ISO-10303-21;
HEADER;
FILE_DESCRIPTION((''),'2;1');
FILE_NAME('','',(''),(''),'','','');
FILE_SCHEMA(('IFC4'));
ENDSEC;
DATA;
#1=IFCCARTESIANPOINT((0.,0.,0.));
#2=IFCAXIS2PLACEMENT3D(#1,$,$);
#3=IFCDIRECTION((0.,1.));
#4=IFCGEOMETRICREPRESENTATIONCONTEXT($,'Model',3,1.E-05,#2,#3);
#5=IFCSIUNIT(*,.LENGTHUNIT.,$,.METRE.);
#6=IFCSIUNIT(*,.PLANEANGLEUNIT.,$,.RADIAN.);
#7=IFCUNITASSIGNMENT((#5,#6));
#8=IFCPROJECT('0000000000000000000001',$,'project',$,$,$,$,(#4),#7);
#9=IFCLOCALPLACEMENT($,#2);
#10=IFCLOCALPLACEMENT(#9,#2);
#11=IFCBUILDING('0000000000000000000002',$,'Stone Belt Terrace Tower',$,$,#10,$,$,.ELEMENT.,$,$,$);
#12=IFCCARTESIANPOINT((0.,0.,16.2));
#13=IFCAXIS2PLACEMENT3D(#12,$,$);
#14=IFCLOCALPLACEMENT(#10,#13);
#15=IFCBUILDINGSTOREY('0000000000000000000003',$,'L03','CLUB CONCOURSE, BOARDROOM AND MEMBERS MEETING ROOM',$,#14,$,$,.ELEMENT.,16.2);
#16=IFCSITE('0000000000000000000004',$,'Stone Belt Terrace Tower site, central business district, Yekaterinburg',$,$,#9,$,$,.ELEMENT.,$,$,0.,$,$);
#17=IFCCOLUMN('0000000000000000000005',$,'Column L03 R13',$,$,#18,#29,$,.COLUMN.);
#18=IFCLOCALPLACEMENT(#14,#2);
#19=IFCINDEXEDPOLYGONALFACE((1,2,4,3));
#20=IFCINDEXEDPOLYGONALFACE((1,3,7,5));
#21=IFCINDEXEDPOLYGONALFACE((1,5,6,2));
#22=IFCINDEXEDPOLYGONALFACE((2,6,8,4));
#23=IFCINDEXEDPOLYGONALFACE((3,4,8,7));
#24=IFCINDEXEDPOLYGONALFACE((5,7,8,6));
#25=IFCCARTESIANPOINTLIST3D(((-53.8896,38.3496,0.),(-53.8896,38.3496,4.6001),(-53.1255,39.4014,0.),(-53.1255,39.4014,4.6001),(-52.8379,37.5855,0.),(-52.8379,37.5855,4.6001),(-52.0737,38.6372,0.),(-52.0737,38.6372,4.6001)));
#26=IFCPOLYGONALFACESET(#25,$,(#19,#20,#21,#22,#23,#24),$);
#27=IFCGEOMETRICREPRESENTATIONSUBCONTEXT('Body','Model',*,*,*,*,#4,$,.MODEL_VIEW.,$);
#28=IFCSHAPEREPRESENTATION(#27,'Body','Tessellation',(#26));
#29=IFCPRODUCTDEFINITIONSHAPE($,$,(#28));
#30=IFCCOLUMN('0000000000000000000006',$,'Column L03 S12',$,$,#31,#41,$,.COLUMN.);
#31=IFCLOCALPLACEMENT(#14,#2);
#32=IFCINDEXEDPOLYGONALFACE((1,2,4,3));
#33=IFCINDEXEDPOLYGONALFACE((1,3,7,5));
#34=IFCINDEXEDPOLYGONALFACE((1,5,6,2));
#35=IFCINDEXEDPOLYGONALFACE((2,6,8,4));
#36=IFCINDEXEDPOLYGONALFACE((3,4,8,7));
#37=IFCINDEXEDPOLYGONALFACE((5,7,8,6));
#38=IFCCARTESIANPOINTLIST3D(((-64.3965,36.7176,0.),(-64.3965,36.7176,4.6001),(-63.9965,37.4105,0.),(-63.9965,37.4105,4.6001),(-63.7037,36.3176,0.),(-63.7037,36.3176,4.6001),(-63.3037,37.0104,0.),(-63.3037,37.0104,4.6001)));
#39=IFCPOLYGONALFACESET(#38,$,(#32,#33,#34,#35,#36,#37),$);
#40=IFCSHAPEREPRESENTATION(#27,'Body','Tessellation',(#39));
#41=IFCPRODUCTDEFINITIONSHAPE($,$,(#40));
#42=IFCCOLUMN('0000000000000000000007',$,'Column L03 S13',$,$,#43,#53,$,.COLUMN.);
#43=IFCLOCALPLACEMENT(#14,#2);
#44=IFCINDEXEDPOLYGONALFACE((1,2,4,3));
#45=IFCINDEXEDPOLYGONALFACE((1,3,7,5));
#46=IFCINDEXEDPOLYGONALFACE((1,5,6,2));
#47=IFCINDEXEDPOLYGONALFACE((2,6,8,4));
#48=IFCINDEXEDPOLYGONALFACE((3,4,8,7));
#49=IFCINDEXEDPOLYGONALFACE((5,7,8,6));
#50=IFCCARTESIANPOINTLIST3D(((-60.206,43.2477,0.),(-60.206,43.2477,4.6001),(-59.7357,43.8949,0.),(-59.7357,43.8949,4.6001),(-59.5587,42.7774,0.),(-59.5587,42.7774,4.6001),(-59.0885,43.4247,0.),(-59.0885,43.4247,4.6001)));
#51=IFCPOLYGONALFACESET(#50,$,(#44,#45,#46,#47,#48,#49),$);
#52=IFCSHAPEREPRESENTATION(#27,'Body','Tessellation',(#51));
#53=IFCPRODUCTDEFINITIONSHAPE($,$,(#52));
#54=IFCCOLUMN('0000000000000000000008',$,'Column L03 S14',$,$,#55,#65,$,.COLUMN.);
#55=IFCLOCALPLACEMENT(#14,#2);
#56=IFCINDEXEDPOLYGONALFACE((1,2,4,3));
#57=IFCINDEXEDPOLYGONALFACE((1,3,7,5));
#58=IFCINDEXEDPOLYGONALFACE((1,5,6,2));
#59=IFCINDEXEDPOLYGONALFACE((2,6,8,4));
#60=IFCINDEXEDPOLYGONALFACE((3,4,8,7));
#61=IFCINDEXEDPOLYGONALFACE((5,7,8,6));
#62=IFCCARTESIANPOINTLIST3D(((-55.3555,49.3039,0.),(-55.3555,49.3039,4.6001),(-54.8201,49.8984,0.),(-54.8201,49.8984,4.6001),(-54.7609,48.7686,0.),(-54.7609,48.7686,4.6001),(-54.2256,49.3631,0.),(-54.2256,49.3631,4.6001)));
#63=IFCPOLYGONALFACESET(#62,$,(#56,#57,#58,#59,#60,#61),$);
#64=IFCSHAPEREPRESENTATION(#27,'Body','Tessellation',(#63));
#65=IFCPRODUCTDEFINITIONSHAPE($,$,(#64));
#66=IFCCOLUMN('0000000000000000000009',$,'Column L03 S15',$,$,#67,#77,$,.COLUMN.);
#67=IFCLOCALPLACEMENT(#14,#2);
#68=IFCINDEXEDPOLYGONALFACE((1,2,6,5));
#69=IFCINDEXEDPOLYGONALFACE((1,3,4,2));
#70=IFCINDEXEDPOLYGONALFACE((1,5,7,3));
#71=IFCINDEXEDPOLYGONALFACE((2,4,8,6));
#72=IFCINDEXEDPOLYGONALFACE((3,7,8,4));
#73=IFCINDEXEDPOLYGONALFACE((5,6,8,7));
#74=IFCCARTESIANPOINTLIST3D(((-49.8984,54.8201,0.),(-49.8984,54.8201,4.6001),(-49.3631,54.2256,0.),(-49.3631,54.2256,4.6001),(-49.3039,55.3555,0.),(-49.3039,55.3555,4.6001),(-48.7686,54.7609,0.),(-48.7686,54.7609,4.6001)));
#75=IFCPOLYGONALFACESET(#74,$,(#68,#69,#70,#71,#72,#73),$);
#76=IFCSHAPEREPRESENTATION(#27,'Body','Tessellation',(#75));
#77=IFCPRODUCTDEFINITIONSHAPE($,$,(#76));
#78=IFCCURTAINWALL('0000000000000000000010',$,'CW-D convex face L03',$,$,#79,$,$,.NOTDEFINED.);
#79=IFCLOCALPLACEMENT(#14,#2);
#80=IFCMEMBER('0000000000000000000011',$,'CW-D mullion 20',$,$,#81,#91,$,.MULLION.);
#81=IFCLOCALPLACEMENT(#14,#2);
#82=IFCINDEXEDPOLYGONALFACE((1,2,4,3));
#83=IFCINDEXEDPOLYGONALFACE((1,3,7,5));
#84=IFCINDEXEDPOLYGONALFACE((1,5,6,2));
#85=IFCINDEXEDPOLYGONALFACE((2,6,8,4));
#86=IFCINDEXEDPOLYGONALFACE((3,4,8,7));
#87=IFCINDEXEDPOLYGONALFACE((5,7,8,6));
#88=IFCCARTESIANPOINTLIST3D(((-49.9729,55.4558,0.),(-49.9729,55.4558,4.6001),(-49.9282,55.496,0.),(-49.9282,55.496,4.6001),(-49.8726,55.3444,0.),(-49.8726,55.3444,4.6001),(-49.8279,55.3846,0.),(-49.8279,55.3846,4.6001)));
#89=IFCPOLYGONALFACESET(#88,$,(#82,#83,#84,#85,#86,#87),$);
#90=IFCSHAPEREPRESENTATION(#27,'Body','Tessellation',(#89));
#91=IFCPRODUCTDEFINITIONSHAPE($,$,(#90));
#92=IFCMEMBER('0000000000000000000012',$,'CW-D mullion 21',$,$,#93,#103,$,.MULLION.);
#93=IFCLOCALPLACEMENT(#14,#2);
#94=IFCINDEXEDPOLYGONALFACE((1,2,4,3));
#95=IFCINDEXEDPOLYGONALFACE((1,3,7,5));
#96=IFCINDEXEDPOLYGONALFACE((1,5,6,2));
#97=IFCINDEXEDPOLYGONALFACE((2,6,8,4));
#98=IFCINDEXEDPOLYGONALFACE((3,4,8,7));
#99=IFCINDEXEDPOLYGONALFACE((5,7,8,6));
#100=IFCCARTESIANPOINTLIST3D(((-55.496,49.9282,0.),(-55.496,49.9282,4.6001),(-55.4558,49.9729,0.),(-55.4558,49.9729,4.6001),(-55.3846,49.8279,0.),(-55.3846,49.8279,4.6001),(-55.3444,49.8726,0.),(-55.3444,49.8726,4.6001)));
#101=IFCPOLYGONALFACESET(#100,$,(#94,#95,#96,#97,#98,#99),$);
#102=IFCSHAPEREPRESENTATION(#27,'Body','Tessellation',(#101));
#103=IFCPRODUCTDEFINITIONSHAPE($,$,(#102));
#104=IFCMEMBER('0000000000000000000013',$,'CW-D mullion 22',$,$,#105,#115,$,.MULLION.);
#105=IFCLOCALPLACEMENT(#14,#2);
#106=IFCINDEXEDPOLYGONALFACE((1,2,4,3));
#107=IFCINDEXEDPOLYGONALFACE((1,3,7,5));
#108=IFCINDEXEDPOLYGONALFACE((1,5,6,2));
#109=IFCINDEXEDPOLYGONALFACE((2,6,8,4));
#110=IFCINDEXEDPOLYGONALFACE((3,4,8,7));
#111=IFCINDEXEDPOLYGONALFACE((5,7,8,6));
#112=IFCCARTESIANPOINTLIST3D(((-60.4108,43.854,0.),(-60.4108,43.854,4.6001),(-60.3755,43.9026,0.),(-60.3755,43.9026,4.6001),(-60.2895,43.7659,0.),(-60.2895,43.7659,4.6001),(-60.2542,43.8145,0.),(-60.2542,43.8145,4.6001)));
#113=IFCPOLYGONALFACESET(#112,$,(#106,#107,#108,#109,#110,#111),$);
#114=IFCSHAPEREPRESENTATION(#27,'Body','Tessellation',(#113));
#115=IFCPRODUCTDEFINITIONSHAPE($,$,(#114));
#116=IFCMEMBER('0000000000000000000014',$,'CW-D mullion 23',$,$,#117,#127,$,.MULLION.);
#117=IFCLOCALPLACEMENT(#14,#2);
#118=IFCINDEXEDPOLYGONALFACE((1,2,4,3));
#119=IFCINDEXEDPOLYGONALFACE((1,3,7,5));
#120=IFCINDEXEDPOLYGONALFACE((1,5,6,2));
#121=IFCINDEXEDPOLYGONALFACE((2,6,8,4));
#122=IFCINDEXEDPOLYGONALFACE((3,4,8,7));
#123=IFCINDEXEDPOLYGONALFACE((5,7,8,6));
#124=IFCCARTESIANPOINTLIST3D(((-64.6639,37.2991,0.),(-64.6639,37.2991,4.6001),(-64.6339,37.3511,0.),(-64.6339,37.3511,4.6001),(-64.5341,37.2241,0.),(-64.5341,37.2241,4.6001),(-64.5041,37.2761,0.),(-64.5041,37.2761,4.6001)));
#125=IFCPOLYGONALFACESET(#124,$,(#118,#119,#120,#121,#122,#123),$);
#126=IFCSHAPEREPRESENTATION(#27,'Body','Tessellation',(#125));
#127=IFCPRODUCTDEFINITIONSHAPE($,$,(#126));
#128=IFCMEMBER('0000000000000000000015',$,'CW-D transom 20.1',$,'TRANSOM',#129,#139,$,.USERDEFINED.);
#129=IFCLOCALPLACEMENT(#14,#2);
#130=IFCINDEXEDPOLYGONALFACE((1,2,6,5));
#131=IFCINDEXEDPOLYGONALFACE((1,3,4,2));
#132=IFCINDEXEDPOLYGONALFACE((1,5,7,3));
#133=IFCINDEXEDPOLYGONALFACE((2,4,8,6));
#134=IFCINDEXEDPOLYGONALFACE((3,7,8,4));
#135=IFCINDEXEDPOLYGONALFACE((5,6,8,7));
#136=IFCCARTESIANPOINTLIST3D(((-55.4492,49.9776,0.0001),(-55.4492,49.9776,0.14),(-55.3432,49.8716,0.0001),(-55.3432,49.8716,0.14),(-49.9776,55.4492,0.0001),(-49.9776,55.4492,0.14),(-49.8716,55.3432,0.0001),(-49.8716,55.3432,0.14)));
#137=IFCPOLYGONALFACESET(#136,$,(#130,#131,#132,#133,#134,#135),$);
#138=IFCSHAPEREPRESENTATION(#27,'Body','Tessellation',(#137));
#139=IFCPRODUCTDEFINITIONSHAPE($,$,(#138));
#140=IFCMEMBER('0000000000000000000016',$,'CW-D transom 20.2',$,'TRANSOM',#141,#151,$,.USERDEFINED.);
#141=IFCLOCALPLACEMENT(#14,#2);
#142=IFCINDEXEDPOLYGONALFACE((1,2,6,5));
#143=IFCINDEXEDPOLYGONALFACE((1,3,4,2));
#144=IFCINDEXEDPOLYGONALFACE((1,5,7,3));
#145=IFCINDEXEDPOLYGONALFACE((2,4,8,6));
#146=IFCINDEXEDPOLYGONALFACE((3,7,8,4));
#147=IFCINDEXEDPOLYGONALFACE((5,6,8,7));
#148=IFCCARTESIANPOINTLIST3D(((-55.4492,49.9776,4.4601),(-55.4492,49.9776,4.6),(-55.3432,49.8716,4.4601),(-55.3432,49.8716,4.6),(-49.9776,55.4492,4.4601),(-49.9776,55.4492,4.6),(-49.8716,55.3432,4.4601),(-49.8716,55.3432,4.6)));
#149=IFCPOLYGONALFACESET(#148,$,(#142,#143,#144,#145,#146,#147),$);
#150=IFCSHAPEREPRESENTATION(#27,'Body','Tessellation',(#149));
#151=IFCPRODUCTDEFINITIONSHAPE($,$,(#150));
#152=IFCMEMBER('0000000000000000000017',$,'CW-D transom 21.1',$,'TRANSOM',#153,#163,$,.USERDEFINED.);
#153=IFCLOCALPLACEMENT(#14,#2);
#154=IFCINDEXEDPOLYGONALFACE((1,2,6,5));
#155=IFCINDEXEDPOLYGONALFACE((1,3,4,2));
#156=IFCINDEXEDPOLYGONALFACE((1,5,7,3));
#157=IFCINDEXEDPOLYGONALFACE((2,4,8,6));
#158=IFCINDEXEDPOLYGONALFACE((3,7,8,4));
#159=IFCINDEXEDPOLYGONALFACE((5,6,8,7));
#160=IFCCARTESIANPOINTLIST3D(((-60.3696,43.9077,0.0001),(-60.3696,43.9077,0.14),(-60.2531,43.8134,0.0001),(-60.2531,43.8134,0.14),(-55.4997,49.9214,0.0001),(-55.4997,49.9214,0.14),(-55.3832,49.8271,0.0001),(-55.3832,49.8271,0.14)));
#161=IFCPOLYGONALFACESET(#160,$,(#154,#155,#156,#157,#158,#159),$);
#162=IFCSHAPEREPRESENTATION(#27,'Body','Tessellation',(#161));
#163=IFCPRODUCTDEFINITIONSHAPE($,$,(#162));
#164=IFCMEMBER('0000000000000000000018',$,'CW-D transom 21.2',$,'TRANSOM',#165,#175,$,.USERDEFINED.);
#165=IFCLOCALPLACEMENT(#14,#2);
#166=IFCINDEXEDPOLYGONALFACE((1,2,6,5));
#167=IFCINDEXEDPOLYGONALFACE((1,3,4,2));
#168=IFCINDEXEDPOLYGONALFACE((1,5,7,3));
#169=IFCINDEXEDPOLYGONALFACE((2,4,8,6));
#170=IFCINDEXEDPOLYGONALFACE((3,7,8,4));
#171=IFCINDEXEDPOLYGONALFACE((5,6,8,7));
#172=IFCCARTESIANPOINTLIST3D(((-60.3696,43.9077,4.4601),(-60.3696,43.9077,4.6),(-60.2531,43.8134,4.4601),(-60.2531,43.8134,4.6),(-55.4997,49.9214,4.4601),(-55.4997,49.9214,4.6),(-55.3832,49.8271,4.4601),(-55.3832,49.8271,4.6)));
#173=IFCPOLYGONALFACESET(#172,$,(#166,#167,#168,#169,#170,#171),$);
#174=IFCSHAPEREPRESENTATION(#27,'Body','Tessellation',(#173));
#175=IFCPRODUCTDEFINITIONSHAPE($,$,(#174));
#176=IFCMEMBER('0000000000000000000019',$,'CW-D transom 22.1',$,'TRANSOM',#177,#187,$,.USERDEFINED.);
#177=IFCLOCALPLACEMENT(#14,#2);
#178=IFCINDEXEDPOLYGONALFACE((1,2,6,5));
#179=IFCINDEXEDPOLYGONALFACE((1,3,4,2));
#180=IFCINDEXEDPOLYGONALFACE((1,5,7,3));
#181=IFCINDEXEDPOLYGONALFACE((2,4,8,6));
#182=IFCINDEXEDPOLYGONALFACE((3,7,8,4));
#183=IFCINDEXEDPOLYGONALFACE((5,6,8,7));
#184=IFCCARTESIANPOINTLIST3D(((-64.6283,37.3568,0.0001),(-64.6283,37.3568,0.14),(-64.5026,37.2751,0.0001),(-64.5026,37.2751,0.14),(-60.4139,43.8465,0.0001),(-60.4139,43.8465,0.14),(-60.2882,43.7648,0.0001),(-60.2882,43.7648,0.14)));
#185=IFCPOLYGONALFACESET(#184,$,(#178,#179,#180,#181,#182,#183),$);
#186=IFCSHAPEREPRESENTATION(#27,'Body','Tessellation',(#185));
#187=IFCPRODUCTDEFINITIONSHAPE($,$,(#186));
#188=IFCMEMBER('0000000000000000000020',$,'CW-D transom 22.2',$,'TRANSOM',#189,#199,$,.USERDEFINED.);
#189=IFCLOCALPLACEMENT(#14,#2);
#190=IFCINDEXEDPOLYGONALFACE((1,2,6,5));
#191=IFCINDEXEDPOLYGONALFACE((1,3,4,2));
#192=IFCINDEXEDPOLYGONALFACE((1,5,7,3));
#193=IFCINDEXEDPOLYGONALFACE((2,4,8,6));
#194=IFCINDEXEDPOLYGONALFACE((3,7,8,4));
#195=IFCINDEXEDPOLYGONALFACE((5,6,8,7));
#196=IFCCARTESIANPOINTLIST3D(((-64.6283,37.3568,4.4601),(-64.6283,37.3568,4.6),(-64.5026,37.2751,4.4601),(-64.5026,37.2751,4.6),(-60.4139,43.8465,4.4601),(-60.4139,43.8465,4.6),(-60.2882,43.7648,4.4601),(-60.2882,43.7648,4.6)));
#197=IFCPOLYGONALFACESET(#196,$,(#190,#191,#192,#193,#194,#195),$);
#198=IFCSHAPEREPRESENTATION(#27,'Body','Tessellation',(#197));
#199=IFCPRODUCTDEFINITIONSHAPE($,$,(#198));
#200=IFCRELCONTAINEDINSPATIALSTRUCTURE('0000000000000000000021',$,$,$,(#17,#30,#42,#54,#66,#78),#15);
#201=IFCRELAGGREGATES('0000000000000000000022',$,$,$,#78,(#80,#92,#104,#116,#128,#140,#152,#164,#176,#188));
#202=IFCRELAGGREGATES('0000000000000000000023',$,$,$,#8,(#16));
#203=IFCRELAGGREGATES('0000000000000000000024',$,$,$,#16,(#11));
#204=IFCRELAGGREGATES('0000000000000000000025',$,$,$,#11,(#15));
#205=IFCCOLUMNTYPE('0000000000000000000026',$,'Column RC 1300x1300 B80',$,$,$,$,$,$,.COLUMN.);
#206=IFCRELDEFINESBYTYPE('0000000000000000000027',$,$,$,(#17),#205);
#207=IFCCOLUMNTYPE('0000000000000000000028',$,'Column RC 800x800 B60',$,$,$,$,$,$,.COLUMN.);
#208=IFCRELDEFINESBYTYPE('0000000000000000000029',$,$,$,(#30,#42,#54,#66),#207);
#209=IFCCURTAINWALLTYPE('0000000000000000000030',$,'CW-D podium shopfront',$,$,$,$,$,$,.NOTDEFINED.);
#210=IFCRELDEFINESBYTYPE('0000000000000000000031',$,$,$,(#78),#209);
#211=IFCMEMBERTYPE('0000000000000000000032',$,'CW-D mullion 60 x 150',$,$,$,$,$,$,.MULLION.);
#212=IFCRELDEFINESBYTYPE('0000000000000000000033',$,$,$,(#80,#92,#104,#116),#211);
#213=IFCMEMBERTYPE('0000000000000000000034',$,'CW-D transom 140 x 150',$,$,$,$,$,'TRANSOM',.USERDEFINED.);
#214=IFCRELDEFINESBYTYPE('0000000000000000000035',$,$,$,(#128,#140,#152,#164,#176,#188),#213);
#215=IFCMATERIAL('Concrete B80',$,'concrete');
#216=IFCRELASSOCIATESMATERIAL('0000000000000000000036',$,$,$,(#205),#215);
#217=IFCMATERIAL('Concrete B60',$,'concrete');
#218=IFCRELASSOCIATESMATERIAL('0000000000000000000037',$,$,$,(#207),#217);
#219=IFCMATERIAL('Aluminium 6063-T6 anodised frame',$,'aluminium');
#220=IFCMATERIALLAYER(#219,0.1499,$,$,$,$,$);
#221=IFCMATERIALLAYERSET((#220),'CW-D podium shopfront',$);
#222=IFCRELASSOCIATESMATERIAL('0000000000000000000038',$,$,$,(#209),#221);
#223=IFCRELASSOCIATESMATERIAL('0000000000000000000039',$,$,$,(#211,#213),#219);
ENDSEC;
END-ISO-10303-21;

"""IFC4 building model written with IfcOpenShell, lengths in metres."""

from ifc_helpers import new_model, si_unit, direction, frame, origin, origin_2d, place, context, subcontext, project, spatial, rectangle, extrude, material, layer, layer_set, material_profile, profile_set, type_object, element, aggregate, save


model = new_model("IFC4")

# Units and contexts
model_context = context("Model", 3, precision=1e-05, world=origin(), true_north=direction((0.0, 1.0)))
body_context = subcontext(model_context, "Body", "Model", "MODEL_VIEW")
ifc_project = project(units=[si_unit("LENGTHUNIT", "METRE"), si_unit("PLANEANGLEUNIT", "RADIAN")], contexts=[model_context])

# Site, building, storey
site_placement = place(None, origin())
site = spatial("IfcSite", under=ifc_project, at=site_placement, Name="Stone Belt Terrace Tower site, central business district, Yekaterinburg", CompositionType="ELEMENT", RefElevation=0.0)
building_placement = place(site_placement, origin())
building = spatial("IfcBuilding", under=site, at=building_placement, Name="Stone Belt Terrace Tower", CompositionType="ELEMENT")
storey_placement = place(building_placement, frame((0.0, 0.0, 16.2)))
storey = spatial("IfcBuildingStorey", under=building, at=storey_placement, Name="L03", Description="CLUB CONCOURSE, BOARDROOM AND MEMBERS MEETING ROOM", CompositionType="ELEMENT", Elevation=16.2)

# Columns
ifc_material_1 = material(Name="Concrete B80", Category="concrete")
ifc_material_profile_1 = material_profile(ifc_material_1, rectangle(XDim=1.3, YDim=1.3, at=origin_2d()), Name="RC 1300x1300")
ifc_profile_set_1 = profile_set([ifc_material_profile_1], Name="Concrete B80")
column_type_1 = type_object("IfcColumnType", Name="Column RC 1300x1300 B80", PredefinedType="COLUMN", material=ifc_profile_set_1)
column_placement = place(storey_placement, frame((-52.9817, 38.4934, 0.0), z_axis=(0.0, 0.0, 1.0), x_axis=(0.587785, 0.809017, 0.0)))
element("IfcColumn", 1, at=column_placement, inside=storey, type_object=column_type_1, Name="Column L03 R13", PredefinedType="COLUMN", context=body_context, shape_type="SweptSolid", body=[
    extrude(rectangle(XDim=1.3, YDim=1.3, at=origin_2d()), origin(), (0.0, 0.0, 1.0), 4.6001),
])
ifc_material_2 = material(Name="Concrete B60", Category="concrete")
ifc_material_profile_2 = material_profile(ifc_material_2, rectangle(XDim=0.8, YDim=0.8, at=origin_2d()), Name="RC 800x800")
ifc_profile_set_2 = profile_set([ifc_material_profile_2], Name="Concrete B60")
column_type_2 = type_object("IfcColumnType", Name="Column RC 800x800 B60", PredefinedType="COLUMN", material=ifc_profile_set_2)
for number, where, z_axis, x_axis, name in (
    (2, (-63.8501, 36.864, 0.0), (0.0, 0.0, 1.0), (0.5, 0.866025, 0.0), "Column L03 S12"),
    (3, (-59.6472, 43.3362, 0.0), (0.0, 0.0, 1.0), (0.587785, 0.809017, 0.0), "Column L03 S13"),
    (4, (-54.7905, 49.3335, 0.0), (0.0, 0.0, 1.0), (0.669131, 0.743145, 0.0), "Column L03 S14"),
    (5, (-49.3335, 54.7905, 0.0), (0.0, 0.0, 1.0), (0.743145, 0.669131, 0.0), "Column L03 S15"),
):
    element("IfcColumn", number, at=place(storey_placement, frame(where, z_axis=z_axis, x_axis=x_axis)), inside=storey, type_object=column_type_2, Name=name, PredefinedType="COLUMN", context=body_context, shape_type="SweptSolid", body=[
        extrude(rectangle(XDim=0.8, YDim=0.8, at=origin_2d()), origin(), (0.0, 0.0, 1.0), 4.6001),
    ])

# Curtain wall, members
ifc_material_3 = material(Name="Aluminium 6063-T6 anodised frame", Category="aluminium")
ifc_layer_1 = layer(ifc_material_3, 0.1499)
ifc_layer_set_1 = layer_set([ifc_layer_1], Name="CW-D podium shopfront")
curtain_wall_type = type_object("IfcCurtainWallType", Name="CW-D podium shopfront", PredefinedType="NOTDEFINED", material=ifc_layer_set_1)
curtain_wall_placement = place(storey_placement, origin())
curtain_wall = element("IfcCurtainWall", 6, at=curtain_wall_placement, inside=storey, type_object=curtain_wall_type, Name="CW-D convex face L03", PredefinedType="NOTDEFINED")
ifc_material_profile_3 = material_profile(ifc_material_3, rectangle(XDim=0.1499, YDim=0.0601, at=origin_2d()), Name="Aluminium 6063-T6 60x150")
ifc_profile_set_3 = profile_set([ifc_material_profile_3], Name="Aluminium 6063-T6 anodised frame")
member_type_1 = type_object("IfcMemberType", Name="CW-D mullion 60 x 150", PredefinedType="MULLION", material=ifc_profile_set_3)
member_1_placement = place(storey_placement, frame((-49.9004, 55.4202, 0.0), z_axis=(0.0, 0.0, 1.0), x_axis=(0.669131, -0.743145, 0.0)))
member_1 = element("IfcMember", 7, at=member_1_placement, type_object=member_type_1, Name="CW-D mullion 20", PredefinedType="MULLION", context=body_context, shape_type="SweptSolid", body=[
    extrude(rectangle(XDim=0.1499, YDim=0.0601, at=origin_2d()), origin(), (0.0, 0.0, 1.0), 4.6001),
])
member_2_placement = place(storey_placement, frame((-55.4202, 49.9004, 0.0), z_axis=(0.0, 0.0, 1.0), x_axis=(0.743145, -0.669131, 0.0)))
member_2 = element("IfcMember", 8, at=member_2_placement, type_object=member_type_1, Name="CW-D mullion 21", PredefinedType="MULLION", context=body_context, shape_type="SweptSolid", body=[
    extrude(rectangle(XDim=0.1499, YDim=0.0601, at=origin_2d()), origin(), (0.0, 0.0, 1.0), 4.6001),
])
member_3_placement = place(storey_placement, frame((-60.3325, 43.8342, 0.0), z_axis=(0.0, 0.0, 1.0), x_axis=(0.809017, -0.587785, 0.0)))
member_3 = element("IfcMember", 9, at=member_3_placement, type_object=member_type_1, Name="CW-D mullion 22", PredefinedType="MULLION", context=body_context, shape_type="SweptSolid", body=[
    extrude(rectangle(XDim=0.1499, YDim=0.0601, at=origin_2d()), origin(), (0.0, 0.0, 1.0), 4.6001),
])
member_4_placement = place(storey_placement, frame((-64.584, 37.2876, 0.0), z_axis=(0.0, 0.0, 1.0), x_axis=(0.866025, -0.5, 0.0)))
member_4 = element("IfcMember", 10, at=member_4_placement, type_object=member_type_1, Name="CW-D mullion 23", PredefinedType="MULLION", context=body_context, shape_type="SweptSolid", body=[
    extrude(rectangle(XDim=0.1499, YDim=0.0601, at=origin_2d()), origin(), (0.0, 0.0, 1.0), 4.6001),
])
ifc_material_profile_4 = material_profile(ifc_material_3, rectangle(XDim=0.1499, YDim=0.1399, at=origin_2d()), Name="Aluminium 6063-T6 150x140")
ifc_profile_set_4 = profile_set([ifc_material_profile_4], Name="Aluminium 6063-T6 anodised frame")
member_type_2 = type_object("IfcMemberType", Name="CW-D transom 140 x 150", ElementType="TRANSOM", PredefinedType="USERDEFINED", material=ifc_profile_set_4)
member_5_placement = place(storey_placement, frame((-49.9246, 55.3962, 0.0701), z_axis=(-0.707107, -0.707107, 0.0), x_axis=(0.707107, -0.707107, 0.0)))
member_5 = element("IfcMember", 11, at=member_5_placement, type_object=member_type_2, Name="CW-D transom 20.1", ObjectType="TRANSOM", PredefinedType="USERDEFINED", context=body_context, shape_type="SweptSolid", body=[
    extrude(rectangle(XDim=0.1499, YDim=0.1399, at=origin_2d()), origin(), (0.0, 0.0, 1.0), 7.738),
])
member_6_placement = place(storey_placement, frame((-49.9246, 55.3962, 4.53), z_axis=(-0.707107, -0.707107, 0.0), x_axis=(0.707107, -0.707107, 0.0)))
member_6 = element("IfcMember", 12, at=member_6_placement, type_object=member_type_2, Name="CW-D transom 20.2", ObjectType="TRANSOM", PredefinedType="USERDEFINED", context=body_context, shape_type="SweptSolid", body=[
    extrude(rectangle(XDim=0.1499, YDim=0.1399, at=origin_2d()), origin(), (0.0, 0.0, 1.0), 7.738),
])
member_7_placement = place(storey_placement, frame((-55.4414, 49.8743, 0.0701), z_axis=(-0.629328, -0.77714, 0.0), x_axis=(0.77714, -0.629328, 0.0)))
member_7 = element("IfcMember", 13, at=member_7_placement, type_object=member_type_2, Name="CW-D transom 21.1", ObjectType="TRANSOM", PredefinedType="USERDEFINED", context=body_context, shape_type="SweptSolid", body=[
    extrude(rectangle(XDim=0.1499, YDim=0.1399, at=origin_2d()), origin(), (0.0, 0.0, 1.0), 7.7383),
])
member_8_placement = place(storey_placement, frame((-55.4414, 49.8743, 4.53), z_axis=(-0.629328, -0.77714, 0.0), x_axis=(0.77714, -0.629328, 0.0)))
member_8 = element("IfcMember", 14, at=member_8_placement, type_object=member_type_2, Name="CW-D transom 21.2", ObjectType="TRANSOM", PredefinedType="USERDEFINED", context=body_context, shape_type="SweptSolid", body=[
    extrude(rectangle(XDim=0.1499, YDim=0.1399, at=origin_2d()), origin(), (0.0, 0.0, 1.0), 7.7383),
])
member_9_placement = place(storey_placement, frame((-60.3511, 43.8057, 0.0701), z_axis=(-0.544627, -0.838679, 0.0), x_axis=(0.838679, -0.544627, 0.0)))
member_9 = element("IfcMember", 15, at=member_9_placement, type_object=member_type_2, Name="CW-D transom 22.1", ObjectType="TRANSOM", PredefinedType="USERDEFINED", context=body_context, shape_type="SweptSolid", body=[
    extrude(rectangle(XDim=0.1499, YDim=0.1399, at=origin_2d()), origin(), (0.0, 0.0, 1.0), 7.738),
])
member_10_placement = place(storey_placement, frame((-60.3511, 43.8057, 4.53), z_axis=(-0.544627, -0.838679, 0.0), x_axis=(0.838679, -0.544627, 0.0)))
member_10 = element("IfcMember", 16, at=member_10_placement, type_object=member_type_2, Name="CW-D transom 22.2", ObjectType="TRANSOM", PredefinedType="USERDEFINED", context=body_context, shape_type="SweptSolid", body=[
    extrude(rectangle(XDim=0.1499, YDim=0.1399, at=origin_2d()), origin(), (0.0, 0.0, 1.0), 7.738),
])
aggregate(curtain_wall, [member_1, member_2, member_3, member_4, member_5, member_6, member_7, member_8, member_9, member_10])

save(model, "model.ifc")
